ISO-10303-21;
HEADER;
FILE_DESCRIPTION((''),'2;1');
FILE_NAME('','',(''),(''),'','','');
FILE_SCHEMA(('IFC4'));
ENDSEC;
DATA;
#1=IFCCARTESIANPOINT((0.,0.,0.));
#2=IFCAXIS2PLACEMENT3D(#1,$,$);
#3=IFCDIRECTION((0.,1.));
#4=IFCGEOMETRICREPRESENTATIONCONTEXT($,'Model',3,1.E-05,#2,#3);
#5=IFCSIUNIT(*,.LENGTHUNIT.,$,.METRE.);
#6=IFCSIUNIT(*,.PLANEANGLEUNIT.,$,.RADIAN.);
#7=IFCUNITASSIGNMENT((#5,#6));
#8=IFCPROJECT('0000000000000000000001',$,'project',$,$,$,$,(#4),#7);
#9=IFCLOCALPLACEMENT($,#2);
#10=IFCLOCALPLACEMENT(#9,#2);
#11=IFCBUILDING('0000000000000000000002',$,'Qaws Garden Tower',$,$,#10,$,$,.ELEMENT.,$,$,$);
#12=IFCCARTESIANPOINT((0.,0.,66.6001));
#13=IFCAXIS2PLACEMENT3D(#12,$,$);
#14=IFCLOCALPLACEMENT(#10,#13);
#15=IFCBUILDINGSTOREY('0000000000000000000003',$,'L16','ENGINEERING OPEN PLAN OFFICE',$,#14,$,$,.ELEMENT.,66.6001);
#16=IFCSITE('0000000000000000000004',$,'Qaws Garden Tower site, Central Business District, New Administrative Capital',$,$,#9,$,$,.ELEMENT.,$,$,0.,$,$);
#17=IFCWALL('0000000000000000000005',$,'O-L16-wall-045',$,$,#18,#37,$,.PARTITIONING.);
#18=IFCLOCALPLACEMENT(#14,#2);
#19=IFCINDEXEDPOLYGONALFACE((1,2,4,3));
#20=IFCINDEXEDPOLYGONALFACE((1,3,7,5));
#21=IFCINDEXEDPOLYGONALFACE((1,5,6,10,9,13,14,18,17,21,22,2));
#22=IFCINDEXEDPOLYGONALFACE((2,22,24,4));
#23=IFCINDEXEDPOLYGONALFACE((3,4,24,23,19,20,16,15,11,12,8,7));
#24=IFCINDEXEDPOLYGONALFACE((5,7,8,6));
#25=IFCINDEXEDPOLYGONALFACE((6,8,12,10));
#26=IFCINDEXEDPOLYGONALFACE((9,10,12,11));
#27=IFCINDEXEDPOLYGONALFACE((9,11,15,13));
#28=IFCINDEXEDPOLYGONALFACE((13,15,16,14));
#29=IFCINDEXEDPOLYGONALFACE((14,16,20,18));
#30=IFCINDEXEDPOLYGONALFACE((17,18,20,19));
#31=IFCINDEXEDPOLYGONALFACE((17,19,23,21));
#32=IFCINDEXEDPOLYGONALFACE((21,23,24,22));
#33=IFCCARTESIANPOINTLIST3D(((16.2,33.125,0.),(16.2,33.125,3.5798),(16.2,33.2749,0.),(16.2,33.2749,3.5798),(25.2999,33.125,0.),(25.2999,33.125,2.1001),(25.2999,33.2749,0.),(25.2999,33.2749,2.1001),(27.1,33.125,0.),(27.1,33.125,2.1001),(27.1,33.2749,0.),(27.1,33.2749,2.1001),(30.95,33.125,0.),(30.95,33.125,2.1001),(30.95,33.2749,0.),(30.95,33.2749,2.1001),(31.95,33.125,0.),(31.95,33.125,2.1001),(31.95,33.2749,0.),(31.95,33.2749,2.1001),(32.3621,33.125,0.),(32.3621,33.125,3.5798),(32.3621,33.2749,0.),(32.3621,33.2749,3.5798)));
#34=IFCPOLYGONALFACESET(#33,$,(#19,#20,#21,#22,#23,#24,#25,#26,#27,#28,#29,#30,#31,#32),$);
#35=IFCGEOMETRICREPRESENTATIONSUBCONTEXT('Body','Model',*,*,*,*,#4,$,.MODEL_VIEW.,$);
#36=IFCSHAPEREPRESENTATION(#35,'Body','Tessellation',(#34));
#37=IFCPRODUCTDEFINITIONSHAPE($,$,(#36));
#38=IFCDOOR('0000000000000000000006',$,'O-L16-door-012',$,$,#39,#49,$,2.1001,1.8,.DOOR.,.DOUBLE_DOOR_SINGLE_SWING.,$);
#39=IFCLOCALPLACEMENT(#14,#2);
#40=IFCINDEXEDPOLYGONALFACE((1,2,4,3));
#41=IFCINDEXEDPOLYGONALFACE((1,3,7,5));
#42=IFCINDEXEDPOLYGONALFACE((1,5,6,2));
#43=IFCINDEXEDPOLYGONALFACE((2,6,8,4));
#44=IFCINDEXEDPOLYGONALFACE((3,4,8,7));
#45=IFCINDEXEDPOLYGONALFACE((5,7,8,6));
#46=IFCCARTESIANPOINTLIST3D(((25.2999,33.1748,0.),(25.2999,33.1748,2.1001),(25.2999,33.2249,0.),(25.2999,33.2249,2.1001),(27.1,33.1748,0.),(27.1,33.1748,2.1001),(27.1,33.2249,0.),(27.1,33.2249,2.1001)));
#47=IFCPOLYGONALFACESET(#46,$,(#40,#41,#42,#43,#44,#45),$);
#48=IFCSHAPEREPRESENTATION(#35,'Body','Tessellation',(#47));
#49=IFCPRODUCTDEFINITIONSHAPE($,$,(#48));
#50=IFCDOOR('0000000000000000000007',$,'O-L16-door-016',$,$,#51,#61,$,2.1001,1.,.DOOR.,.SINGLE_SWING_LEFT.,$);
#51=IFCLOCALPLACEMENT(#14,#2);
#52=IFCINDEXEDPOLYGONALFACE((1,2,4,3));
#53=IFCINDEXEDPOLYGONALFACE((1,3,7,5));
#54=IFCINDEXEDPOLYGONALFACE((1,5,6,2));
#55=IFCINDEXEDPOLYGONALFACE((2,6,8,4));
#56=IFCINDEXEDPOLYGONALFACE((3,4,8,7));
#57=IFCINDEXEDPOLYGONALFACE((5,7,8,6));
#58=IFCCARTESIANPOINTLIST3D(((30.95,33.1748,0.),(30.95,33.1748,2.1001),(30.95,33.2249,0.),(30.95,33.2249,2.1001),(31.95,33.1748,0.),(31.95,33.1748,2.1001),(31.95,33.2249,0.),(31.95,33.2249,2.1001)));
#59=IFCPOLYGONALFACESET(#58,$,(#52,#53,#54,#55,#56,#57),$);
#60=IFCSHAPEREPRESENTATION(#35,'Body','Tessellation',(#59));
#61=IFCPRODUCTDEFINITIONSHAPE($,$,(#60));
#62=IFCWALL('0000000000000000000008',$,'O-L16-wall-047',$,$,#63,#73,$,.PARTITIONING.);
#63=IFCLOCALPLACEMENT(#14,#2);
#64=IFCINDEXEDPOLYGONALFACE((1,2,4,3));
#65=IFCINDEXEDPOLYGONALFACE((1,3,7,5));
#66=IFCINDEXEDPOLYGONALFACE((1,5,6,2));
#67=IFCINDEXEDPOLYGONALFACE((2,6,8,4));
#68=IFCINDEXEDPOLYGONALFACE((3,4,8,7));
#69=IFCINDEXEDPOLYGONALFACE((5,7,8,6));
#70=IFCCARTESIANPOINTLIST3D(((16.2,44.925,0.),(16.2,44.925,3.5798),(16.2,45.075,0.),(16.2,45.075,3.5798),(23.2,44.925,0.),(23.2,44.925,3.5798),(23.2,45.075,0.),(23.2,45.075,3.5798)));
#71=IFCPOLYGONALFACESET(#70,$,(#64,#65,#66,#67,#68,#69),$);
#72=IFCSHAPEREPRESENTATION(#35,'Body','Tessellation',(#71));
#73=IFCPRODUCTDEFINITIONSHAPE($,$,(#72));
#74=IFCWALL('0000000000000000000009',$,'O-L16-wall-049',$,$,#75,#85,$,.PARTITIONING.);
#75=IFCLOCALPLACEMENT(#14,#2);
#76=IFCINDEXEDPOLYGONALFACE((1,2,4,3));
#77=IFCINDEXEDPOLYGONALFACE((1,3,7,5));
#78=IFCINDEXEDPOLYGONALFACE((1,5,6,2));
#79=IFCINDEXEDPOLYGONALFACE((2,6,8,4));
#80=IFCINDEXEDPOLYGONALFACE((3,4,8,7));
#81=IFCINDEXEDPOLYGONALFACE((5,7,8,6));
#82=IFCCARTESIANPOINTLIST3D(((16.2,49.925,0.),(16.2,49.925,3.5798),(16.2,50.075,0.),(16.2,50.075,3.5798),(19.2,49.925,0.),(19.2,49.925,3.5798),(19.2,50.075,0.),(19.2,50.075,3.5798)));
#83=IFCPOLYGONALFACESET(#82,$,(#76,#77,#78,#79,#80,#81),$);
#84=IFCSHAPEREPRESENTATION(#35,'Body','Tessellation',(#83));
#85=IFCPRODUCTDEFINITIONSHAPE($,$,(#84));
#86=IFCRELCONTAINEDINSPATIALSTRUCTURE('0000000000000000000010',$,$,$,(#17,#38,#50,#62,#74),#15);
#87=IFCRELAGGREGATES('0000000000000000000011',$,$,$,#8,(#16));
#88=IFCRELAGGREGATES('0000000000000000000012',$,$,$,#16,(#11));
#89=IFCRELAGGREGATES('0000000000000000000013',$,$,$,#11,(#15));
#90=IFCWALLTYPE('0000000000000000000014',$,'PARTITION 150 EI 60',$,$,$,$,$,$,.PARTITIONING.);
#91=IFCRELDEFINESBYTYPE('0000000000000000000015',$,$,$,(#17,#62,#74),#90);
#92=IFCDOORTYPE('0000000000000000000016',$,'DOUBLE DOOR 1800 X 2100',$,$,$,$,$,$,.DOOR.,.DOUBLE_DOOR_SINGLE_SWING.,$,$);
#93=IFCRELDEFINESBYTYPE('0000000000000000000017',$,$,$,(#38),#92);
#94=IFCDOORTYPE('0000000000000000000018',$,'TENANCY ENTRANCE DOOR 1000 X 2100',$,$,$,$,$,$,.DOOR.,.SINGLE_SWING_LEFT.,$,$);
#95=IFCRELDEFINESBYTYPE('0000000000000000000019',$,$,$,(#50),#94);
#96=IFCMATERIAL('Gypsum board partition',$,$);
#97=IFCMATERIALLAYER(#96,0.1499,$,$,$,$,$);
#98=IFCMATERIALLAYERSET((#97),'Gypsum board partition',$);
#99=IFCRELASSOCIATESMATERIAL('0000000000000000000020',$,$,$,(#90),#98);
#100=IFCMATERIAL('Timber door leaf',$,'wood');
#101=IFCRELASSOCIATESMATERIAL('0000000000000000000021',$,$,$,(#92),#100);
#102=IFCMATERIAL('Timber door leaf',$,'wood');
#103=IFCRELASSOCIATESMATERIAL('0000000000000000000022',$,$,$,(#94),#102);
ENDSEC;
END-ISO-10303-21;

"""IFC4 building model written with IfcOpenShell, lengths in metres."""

from ifc_helpers import new_model, si_unit, direction, frame, frame_2d, origin, place, context, subcontext, project, spatial, rectangle, extrude, material, layer, layer_set, type_object, element, fill, save


model = new_model("IFC4")

# Units and contexts
model_context = context("Model", 3, precision=1e-05, world=origin(), true_north=direction((0.0, 1.0)))
body_context = subcontext(model_context, "Body", "Model", "MODEL_VIEW")
ifc_project = project(units=[si_unit("LENGTHUNIT", "METRE"), si_unit("PLANEANGLEUNIT", "RADIAN")], contexts=[model_context])

# Site, building, storey
site_placement = place(None, origin())
site = spatial("IfcSite", under=ifc_project, at=site_placement, Name="Qaws Garden Tower site, Central Business District, New Administrative Capital", CompositionType="ELEMENT", RefElevation=0.0)
building_placement = place(site_placement, origin())
building = spatial("IfcBuilding", under=site, at=building_placement, Name="Qaws Garden Tower", CompositionType="ELEMENT")
storey_placement = place(building_placement, frame((0.0, 0.0, 66.6001)))
storey = spatial("IfcBuildingStorey", under=building, at=storey_placement, Name="L16", Description="ENGINEERING OPEN PLAN OFFICE", CompositionType="ELEMENT", Elevation=66.6001)

# Shared definitions
ifc_material_1 = material(Name="Gypsum board partition")
ifc_layer_1 = layer(ifc_material_1, 0.1499)
ifc_layer_set_1 = layer_set([ifc_layer_1], Name="Gypsum board partition")
wall_type_1 = type_object("IfcWallType", Name="PARTITION 150 EI 60", PredefinedType="PARTITIONING", material=ifc_layer_set_1)
ifc_material_2 = material(Name="Timber door leaf", Category="wood")
door_type_1 = type_object("IfcDoorType", Name="DOUBLE DOOR 1800 X 2100", OperationType="DOUBLE_DOOR_SINGLE_SWING", PredefinedType="DOOR", material=ifc_material_2)
ifc_material_3 = material(Name="Timber door leaf", Category="wood")
door_type_2 = type_object("IfcDoorType", Name="TENANCY ENTRANCE DOOR 1000 X 2100", OperationType="SINGLE_SWING_LEFT", PredefinedType="DOOR", material=ifc_material_3)

# Wall, openings, doors
wall_1_placement = place(storey_placement, frame((16.2, 33.2, 0.0), z_axis=(0.0, 0.0, 1.0), x_axis=(1.0, 0.0, 0.0)))
wall_1 = element("IfcWall", 1, at=wall_1_placement, inside=storey, type_object=wall_type_1, Name="O-L16-wall-045", PredefinedType="PARTITIONING", context=body_context, shape_type="SweptSolid", body=[
    extrude(rectangle(XDim=16.1621, YDim=0.1499, at=frame_2d((8.0811, 0.0))), origin(), (0.0, 0.0, 1.0), 3.5798),
])
opening_1_placement = place(wall_1_placement, frame((9.1001, 0.0, 0.0)))
opening_1 = element("IfcOpeningElement", 2, at=opening_1_placement, cuts=wall_1, PredefinedType="OPENING", context=body_context, shape_type="SweptSolid", body=[
    extrude(rectangle(XDim=1.8, YDim=2.1001, at=frame_2d((0.8999, 1.05))), frame((0.0, 0.085, 0.0), z_axis=(0.0, -1.0, 0.0), x_axis=(1.0, 0.0, 0.0)), (0.0, 0.0, 1.0), 0.1699),
])
opening_2_placement = place(wall_1_placement, frame((14.75, 0.0, 0.0)))
opening_2 = element("IfcOpeningElement", 3, at=opening_2_placement, cuts=wall_1, PredefinedType="OPENING", context=body_context, shape_type="SweptSolid", body=[
    extrude(rectangle(XDim=1.0, YDim=2.1001, at=frame_2d((0.5, 1.05))), frame((0.0, 0.085, 0.0), z_axis=(0.0, -1.0, 0.0), x_axis=(1.0, 0.0, 0.0)), (0.0, 0.0, 1.0), 0.1699),
])
door_1_placement = place(opening_1_placement, origin())
door_1 = element("IfcDoor", 4, at=door_1_placement, inside=storey, type_object=door_type_1, Name="O-L16-door-012", OperationType="DOUBLE_DOOR_SINGLE_SWING", OverallHeight=2.1001, OverallWidth=1.8, PredefinedType="DOOR", context=body_context, shape_type="SweptSolid", body=[
    extrude(rectangle(XDim=1.8, YDim=2.1001, at=frame_2d((0.8999, 1.05))), frame((0.0, 0.0249, 0.0), z_axis=(0.0, -1.0, 0.0), x_axis=(1.0, 0.0, 0.0)), (0.0, 0.0, 1.0), 0.05),
])
fill(opening_1, door_1)
door_2_placement = place(opening_2_placement, origin())
door_2 = element("IfcDoor", 5, at=door_2_placement, inside=storey, type_object=door_type_2, Name="O-L16-door-016", OperationType="SINGLE_SWING_LEFT", OverallHeight=2.1001, OverallWidth=1.0, PredefinedType="DOOR", context=body_context, shape_type="SweptSolid", body=[
    extrude(rectangle(XDim=1.0, YDim=2.1001, at=frame_2d((0.5, 1.05))), frame((0.0, 0.0249, 0.0), z_axis=(0.0, -1.0, 0.0), x_axis=(1.0, 0.0, 0.0)), (0.0, 0.0, 1.0), 0.05),
])
fill(opening_2, door_2)

# Walls
wall_2_placement = place(storey_placement, frame((16.2, 45.0, 0.0), z_axis=(0.0, 0.0, 1.0), x_axis=(1.0, 0.0, 0.0)))
element("IfcWall", 6, at=wall_2_placement, inside=storey, type_object=wall_type_1, Name="O-L16-wall-047", PredefinedType="PARTITIONING", context=body_context, shape_type="SweptSolid", body=[
    extrude(rectangle(XDim=7.0, YDim=0.1499, at=frame_2d((3.5, 0.0))), origin(), (0.0, 0.0, 1.0), 3.5798),
])
wall_3_placement = place(storey_placement, frame((16.2, 50.0, 0.0), z_axis=(0.0, 0.0, 1.0), x_axis=(1.0, 0.0, 0.0)))
element("IfcWall", 7, at=wall_3_placement, inside=storey, type_object=wall_type_1, Name="O-L16-wall-049", PredefinedType="PARTITIONING", context=body_context, shape_type="SweptSolid", body=[
    extrude(rectangle(XDim=3.0, YDim=0.1499, at=frame_2d((1.5, 0.0))), origin(), (0.0, 0.0, 1.0), 3.5798),
])

save(model, "model.ifc")
